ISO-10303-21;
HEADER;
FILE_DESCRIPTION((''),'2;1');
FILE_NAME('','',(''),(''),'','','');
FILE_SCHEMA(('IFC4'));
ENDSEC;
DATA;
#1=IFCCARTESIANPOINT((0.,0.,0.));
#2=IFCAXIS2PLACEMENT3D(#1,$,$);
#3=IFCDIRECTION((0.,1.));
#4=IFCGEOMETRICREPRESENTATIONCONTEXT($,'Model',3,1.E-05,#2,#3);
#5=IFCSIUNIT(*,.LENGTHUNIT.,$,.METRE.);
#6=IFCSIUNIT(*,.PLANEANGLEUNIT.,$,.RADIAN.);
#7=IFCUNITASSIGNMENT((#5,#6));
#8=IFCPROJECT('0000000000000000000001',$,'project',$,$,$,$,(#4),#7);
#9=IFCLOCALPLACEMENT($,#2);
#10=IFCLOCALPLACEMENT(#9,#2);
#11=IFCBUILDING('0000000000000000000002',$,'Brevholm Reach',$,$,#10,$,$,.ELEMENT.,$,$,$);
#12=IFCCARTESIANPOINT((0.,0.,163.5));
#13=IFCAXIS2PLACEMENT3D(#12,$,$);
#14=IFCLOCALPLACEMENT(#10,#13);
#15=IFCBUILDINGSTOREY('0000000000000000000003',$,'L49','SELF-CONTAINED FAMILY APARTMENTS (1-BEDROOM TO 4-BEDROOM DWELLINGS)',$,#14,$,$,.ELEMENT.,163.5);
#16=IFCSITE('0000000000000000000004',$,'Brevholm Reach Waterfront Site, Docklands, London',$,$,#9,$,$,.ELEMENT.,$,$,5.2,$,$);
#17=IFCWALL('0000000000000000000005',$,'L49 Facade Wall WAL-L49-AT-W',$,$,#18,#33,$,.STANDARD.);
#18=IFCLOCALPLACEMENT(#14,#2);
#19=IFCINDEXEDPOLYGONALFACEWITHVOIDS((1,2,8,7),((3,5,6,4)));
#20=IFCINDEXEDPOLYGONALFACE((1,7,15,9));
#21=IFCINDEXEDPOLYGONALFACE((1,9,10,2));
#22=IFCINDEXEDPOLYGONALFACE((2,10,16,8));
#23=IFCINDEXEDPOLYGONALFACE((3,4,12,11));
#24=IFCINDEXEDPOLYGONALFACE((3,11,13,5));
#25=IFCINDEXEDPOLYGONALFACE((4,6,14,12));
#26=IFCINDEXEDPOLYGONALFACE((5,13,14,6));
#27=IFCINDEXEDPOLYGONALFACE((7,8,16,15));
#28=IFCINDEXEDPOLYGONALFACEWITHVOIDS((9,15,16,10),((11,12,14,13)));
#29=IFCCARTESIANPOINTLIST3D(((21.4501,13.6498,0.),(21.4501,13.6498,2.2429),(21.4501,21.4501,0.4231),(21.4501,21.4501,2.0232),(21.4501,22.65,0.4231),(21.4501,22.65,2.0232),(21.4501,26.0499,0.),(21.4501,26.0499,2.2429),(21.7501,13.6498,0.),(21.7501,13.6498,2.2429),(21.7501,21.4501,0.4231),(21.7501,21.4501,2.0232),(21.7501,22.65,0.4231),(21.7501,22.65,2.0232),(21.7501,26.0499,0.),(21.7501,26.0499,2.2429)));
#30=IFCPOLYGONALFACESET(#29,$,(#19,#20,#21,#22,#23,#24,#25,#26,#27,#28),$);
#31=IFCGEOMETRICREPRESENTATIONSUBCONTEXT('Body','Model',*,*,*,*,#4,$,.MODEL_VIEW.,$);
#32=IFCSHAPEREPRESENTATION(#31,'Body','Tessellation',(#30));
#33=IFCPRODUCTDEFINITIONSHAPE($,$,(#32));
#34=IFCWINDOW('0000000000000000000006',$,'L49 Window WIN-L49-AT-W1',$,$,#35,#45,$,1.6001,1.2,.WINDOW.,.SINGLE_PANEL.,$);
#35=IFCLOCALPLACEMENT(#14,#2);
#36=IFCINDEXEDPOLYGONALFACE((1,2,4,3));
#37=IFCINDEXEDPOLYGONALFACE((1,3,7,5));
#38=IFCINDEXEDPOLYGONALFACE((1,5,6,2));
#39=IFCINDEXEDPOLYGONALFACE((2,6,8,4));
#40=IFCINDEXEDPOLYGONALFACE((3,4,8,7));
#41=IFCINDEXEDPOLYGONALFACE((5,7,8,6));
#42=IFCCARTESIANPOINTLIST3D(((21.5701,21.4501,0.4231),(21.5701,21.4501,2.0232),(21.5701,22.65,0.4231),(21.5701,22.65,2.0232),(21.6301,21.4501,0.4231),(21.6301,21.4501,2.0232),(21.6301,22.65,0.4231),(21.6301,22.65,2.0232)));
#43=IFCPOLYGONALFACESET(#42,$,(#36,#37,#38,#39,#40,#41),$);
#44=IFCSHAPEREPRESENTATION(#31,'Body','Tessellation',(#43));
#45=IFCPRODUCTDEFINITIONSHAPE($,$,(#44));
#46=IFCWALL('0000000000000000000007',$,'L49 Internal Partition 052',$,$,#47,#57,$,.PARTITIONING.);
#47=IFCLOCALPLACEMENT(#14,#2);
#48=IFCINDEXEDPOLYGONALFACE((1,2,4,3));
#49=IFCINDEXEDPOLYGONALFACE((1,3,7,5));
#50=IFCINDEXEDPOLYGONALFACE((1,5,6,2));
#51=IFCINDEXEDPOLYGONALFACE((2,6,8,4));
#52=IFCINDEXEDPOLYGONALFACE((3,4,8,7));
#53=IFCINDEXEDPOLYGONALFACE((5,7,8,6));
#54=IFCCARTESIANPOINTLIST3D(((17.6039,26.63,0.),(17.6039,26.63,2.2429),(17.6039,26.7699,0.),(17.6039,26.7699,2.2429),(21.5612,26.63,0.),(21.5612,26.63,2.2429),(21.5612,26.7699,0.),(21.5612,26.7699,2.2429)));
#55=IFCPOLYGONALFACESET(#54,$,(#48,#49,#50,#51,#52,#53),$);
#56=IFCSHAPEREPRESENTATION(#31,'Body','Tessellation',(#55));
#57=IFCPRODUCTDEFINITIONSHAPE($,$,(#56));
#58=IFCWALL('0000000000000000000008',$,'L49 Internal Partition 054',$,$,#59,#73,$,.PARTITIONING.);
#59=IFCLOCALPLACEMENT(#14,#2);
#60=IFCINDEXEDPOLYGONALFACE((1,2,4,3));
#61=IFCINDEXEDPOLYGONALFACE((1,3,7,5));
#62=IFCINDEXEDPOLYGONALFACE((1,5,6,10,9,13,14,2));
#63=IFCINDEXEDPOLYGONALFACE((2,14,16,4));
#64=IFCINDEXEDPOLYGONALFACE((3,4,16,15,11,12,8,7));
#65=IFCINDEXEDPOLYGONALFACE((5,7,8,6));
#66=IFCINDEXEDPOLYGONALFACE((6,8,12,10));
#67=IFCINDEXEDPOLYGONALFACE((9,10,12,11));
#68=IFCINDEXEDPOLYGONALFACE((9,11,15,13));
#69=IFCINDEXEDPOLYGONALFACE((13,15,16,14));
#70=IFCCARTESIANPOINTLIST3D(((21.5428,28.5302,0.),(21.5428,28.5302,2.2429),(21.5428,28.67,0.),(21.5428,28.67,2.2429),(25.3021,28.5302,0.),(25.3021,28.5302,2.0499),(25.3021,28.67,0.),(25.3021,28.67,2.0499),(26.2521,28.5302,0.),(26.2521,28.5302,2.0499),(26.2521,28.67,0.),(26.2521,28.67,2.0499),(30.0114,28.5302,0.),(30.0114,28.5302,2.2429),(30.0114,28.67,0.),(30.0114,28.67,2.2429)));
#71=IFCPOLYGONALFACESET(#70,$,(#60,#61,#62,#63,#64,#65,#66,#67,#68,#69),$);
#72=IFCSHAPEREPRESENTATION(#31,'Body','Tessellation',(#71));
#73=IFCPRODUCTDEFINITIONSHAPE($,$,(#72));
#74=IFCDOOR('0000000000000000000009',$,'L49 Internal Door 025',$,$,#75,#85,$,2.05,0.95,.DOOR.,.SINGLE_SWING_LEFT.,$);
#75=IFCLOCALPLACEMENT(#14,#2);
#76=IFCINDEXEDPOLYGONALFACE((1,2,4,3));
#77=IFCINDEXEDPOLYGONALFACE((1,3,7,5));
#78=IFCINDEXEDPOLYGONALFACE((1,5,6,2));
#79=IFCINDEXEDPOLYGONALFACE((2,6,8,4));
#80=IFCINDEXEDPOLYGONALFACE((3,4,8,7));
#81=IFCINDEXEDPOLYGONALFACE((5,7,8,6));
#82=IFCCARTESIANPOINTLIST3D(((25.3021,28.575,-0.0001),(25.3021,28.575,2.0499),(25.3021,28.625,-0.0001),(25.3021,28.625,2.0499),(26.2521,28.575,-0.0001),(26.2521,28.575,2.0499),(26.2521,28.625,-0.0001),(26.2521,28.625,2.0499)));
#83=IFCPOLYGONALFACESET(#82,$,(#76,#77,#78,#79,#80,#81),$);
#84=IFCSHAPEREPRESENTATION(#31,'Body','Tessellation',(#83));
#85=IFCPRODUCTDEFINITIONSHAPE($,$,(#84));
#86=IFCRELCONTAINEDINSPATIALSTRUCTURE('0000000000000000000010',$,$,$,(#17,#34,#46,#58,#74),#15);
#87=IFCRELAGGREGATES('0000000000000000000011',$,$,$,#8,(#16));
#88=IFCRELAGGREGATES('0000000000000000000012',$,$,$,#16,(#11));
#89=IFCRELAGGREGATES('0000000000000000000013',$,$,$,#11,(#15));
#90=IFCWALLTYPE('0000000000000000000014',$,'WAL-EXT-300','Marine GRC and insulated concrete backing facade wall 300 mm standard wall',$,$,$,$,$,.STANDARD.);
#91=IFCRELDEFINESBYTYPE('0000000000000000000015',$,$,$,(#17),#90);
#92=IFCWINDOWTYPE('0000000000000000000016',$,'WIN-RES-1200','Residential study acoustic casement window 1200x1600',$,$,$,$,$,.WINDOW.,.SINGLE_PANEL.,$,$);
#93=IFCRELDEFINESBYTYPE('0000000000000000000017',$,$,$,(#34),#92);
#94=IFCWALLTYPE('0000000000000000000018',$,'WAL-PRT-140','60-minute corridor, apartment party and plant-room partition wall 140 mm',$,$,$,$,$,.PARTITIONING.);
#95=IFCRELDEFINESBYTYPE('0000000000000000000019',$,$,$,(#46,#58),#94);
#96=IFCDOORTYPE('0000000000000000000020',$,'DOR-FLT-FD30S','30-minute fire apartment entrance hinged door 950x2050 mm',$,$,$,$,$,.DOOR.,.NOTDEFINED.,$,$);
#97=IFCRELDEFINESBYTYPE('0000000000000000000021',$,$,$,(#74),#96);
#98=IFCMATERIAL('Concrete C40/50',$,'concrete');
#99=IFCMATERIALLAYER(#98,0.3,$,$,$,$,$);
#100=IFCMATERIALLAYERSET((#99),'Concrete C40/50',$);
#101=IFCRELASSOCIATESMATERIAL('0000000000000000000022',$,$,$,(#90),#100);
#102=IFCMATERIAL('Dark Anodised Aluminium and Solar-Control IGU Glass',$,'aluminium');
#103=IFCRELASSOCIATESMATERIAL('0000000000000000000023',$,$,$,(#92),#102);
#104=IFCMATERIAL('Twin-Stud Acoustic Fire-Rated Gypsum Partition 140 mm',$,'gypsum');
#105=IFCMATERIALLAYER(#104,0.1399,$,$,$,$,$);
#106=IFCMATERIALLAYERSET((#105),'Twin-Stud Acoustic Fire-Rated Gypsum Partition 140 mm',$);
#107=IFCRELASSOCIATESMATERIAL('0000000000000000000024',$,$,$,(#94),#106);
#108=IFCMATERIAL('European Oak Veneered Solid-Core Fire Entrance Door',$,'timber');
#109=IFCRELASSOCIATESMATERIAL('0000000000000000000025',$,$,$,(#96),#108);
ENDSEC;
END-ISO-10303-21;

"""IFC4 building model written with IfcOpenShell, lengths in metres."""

from ifc_helpers import new_model, si_unit, direction, frame, frame_2d, origin, place, context, subcontext, project, spatial, rectangle, extrude, material, layer, layer_set, type_object, element, fill, save


model = new_model("IFC4")

# Units and contexts
model_context = context("Model", 3, precision=1e-05, world=origin(), true_north=direction((0.0, 1.0)))
body_context = subcontext(model_context, "Body", "Model", "MODEL_VIEW")
ifc_project = project(units=[si_unit("LENGTHUNIT", "METRE"), si_unit("PLANEANGLEUNIT", "RADIAN")], contexts=[model_context])

# Site, building, storey
site_placement = place(None, origin())
site = spatial("IfcSite", under=ifc_project, at=site_placement, Name="Brevholm Reach Waterfront Site, Docklands, London", CompositionType="ELEMENT", RefElevation=5.2)
building_placement = place(site_placement, origin())
building = spatial("IfcBuilding", under=site, at=building_placement, Name="Brevholm Reach", CompositionType="ELEMENT")
storey_placement = place(building_placement, frame((0.0, 0.0, 163.5)))
storey = spatial("IfcBuildingStorey", under=building, at=storey_placement, Name="L49", Description="SELF-CONTAINED FAMILY APARTMENTS (1-BEDROOM TO 4-BEDROOM DWELLINGS)", CompositionType="ELEMENT", Elevation=163.5)

# Wall, opening, window
ifc_material_1 = material(Name="Concrete C40/50", Category="concrete")
ifc_layer_1 = layer(ifc_material_1, 0.3)
ifc_layer_set_1 = layer_set([ifc_layer_1], Name="Concrete C40/50")
wall_type_1 = type_object("IfcWallType", Name="WAL-EXT-300", Description="Marine GRC and insulated concrete backing facade wall 300 mm standard wall", PredefinedType="STANDARD", material=ifc_layer_set_1)
wall_1_placement = place(storey_placement, frame((21.6001, 26.05, 0.0), z_axis=(0.0, 0.0, 1.0), x_axis=(0.0, -1.0, 0.0)))
wall_1 = element("IfcWall", 1, at=wall_1_placement, inside=storey, type_object=wall_type_1, Name="L49 Facade Wall WAL-L49-AT-W", PredefinedType="STANDARD", context=body_context, shape_type="SweptSolid", body=[
    extrude(rectangle(XDim=12.4001, YDim=0.3, at=frame_2d((6.2002, 0.0))), origin(), (0.0, 0.0, 1.0), 2.2429),
])
opening_1_placement = place(wall_1_placement, frame((3.3999, 0.0, 0.4231)))
opening_1 = element("IfcOpeningElement", 2, at=opening_1_placement, cuts=wall_1, PredefinedType="OPENING", context=body_context, shape_type="SweptSolid", body=[
    extrude(rectangle(XDim=1.2, YDim=1.6001, at=frame_2d((0.6001, 0.8))), frame((0.0, 0.1599, 0.0), z_axis=(0.0, -1.0, 0.0), x_axis=(1.0, 0.0, 0.0)), (0.0, 0.0, 1.0), 0.3201),
])
ifc_material_2 = material(Name="Dark Anodised Aluminium and Solar-Control IGU Glass", Category="aluminium")
window_type = type_object("IfcWindowType", Name="WIN-RES-1200", Description="Residential study acoustic casement window 1200x1600", PartitioningType="SINGLE_PANEL", PredefinedType="WINDOW", material=ifc_material_2)
window_placement = place(opening_1_placement, origin())
window = element("IfcWindow", 3, at=window_placement, inside=storey, type_object=window_type, Name="L49 Window WIN-L49-AT-W1", OverallHeight=1.6001, OverallWidth=1.2, PartitioningType="SINGLE_PANEL", PredefinedType="WINDOW", context=body_context, shape_type="SweptSolid", body=[
    extrude(rectangle(XDim=1.2, YDim=1.6001, at=frame_2d((0.6001, 0.8))), frame((0.0, 0.03, 0.0), z_axis=(0.0, -1.0, 0.0), x_axis=(1.0, 0.0, 0.0)), (0.0, 0.0, 1.0), 0.0601),
])
fill(opening_1, window)

# Wall
ifc_material_3 = material(Name="Twin-Stud Acoustic Fire-Rated Gypsum Partition 140 mm", Category="gypsum")
ifc_layer_2 = layer(ifc_material_3, 0.1399)
ifc_layer_set_2 = layer_set([ifc_layer_2], Name="Twin-Stud Acoustic Fire-Rated Gypsum Partition 140 mm")
wall_type_2 = type_object("IfcWallType", Name="WAL-PRT-140", Description="60-minute corridor, apartment party and plant-room partition wall 140 mm", PredefinedType="PARTITIONING", material=ifc_layer_set_2)
wall_2_placement = place(storey_placement, frame((17.604, 26.7, 0.0), z_axis=(0.0, 0.0, 1.0), x_axis=(1.0, 0.0, 0.0)))
element("IfcWall", 4, at=wall_2_placement, inside=storey, type_object=wall_type_2, Name="L49 Internal Partition 052", PredefinedType="PARTITIONING", context=body_context, shape_type="SweptSolid", body=[
    extrude(rectangle(XDim=3.9573, YDim=0.1399, at=frame_2d((1.9785, 0.0))), origin(), (0.0, 0.0, 1.0), 2.2429),
])

# Wall, opening, door
wall_3_placement = place(storey_placement, frame((21.5427, 28.6001, 0.0), z_axis=(0.0, 0.0, 1.0), x_axis=(1.0, 0.0, 0.0)))
wall_3 = element("IfcWall", 5, at=wall_3_placement, inside=storey, type_object=wall_type_2, Name="L49 Internal Partition 054", PredefinedType="PARTITIONING", context=body_context, shape_type="SweptSolid", body=[
    extrude(rectangle(XDim=8.4685, YDim=0.1399, at=frame_2d((4.2344, 0.0))), origin(), (0.0, 0.0, 1.0), 2.2429),
])
opening_2_placement = place(wall_3_placement, frame((3.7593, 0.0, 0.0)))
opening_2 = element("IfcOpeningElement", 6, at=opening_2_placement, cuts=wall_3, PredefinedType="OPENING", context=body_context, shape_type="SweptSolid", body=[
    extrude(rectangle(XDim=0.95, YDim=2.05, at=frame_2d((0.4751, 1.0249))), frame((0.0, 0.0798, 0.0), z_axis=(0.0, -1.0, 0.0), x_axis=(1.0, 0.0, 0.0)), (0.0, 0.0, 1.0), 0.1599),
])
ifc_material_4 = material(Name="European Oak Veneered Solid-Core Fire Entrance Door", Category="timber")
door_type = type_object("IfcDoorType", Name="DOR-FLT-FD30S", Description="30-minute fire apartment entrance hinged door 950x2050 mm", OperationType="NOTDEFINED", PredefinedType="DOOR", material=ifc_material_4)
door_placement = place(opening_2_placement, origin())
door = element("IfcDoor", 7, at=door_placement, inside=storey, type_object=door_type, Name="L49 Internal Door 025", OperationType="SINGLE_SWING_LEFT", OverallHeight=2.05, OverallWidth=0.95, PredefinedType="DOOR", context=body_context, shape_type="SweptSolid", body=[
    extrude(rectangle(XDim=0.95, YDim=2.05, at=frame_2d((0.4751, 1.0249))), frame((0.0, 0.0249, 0.0), z_axis=(0.0, -1.0, 0.0), x_axis=(1.0, 0.0, 0.0)), (0.0, 0.0, 1.0), 0.05),
])
fill(opening_2, door)

save(model, "model.ifc")
